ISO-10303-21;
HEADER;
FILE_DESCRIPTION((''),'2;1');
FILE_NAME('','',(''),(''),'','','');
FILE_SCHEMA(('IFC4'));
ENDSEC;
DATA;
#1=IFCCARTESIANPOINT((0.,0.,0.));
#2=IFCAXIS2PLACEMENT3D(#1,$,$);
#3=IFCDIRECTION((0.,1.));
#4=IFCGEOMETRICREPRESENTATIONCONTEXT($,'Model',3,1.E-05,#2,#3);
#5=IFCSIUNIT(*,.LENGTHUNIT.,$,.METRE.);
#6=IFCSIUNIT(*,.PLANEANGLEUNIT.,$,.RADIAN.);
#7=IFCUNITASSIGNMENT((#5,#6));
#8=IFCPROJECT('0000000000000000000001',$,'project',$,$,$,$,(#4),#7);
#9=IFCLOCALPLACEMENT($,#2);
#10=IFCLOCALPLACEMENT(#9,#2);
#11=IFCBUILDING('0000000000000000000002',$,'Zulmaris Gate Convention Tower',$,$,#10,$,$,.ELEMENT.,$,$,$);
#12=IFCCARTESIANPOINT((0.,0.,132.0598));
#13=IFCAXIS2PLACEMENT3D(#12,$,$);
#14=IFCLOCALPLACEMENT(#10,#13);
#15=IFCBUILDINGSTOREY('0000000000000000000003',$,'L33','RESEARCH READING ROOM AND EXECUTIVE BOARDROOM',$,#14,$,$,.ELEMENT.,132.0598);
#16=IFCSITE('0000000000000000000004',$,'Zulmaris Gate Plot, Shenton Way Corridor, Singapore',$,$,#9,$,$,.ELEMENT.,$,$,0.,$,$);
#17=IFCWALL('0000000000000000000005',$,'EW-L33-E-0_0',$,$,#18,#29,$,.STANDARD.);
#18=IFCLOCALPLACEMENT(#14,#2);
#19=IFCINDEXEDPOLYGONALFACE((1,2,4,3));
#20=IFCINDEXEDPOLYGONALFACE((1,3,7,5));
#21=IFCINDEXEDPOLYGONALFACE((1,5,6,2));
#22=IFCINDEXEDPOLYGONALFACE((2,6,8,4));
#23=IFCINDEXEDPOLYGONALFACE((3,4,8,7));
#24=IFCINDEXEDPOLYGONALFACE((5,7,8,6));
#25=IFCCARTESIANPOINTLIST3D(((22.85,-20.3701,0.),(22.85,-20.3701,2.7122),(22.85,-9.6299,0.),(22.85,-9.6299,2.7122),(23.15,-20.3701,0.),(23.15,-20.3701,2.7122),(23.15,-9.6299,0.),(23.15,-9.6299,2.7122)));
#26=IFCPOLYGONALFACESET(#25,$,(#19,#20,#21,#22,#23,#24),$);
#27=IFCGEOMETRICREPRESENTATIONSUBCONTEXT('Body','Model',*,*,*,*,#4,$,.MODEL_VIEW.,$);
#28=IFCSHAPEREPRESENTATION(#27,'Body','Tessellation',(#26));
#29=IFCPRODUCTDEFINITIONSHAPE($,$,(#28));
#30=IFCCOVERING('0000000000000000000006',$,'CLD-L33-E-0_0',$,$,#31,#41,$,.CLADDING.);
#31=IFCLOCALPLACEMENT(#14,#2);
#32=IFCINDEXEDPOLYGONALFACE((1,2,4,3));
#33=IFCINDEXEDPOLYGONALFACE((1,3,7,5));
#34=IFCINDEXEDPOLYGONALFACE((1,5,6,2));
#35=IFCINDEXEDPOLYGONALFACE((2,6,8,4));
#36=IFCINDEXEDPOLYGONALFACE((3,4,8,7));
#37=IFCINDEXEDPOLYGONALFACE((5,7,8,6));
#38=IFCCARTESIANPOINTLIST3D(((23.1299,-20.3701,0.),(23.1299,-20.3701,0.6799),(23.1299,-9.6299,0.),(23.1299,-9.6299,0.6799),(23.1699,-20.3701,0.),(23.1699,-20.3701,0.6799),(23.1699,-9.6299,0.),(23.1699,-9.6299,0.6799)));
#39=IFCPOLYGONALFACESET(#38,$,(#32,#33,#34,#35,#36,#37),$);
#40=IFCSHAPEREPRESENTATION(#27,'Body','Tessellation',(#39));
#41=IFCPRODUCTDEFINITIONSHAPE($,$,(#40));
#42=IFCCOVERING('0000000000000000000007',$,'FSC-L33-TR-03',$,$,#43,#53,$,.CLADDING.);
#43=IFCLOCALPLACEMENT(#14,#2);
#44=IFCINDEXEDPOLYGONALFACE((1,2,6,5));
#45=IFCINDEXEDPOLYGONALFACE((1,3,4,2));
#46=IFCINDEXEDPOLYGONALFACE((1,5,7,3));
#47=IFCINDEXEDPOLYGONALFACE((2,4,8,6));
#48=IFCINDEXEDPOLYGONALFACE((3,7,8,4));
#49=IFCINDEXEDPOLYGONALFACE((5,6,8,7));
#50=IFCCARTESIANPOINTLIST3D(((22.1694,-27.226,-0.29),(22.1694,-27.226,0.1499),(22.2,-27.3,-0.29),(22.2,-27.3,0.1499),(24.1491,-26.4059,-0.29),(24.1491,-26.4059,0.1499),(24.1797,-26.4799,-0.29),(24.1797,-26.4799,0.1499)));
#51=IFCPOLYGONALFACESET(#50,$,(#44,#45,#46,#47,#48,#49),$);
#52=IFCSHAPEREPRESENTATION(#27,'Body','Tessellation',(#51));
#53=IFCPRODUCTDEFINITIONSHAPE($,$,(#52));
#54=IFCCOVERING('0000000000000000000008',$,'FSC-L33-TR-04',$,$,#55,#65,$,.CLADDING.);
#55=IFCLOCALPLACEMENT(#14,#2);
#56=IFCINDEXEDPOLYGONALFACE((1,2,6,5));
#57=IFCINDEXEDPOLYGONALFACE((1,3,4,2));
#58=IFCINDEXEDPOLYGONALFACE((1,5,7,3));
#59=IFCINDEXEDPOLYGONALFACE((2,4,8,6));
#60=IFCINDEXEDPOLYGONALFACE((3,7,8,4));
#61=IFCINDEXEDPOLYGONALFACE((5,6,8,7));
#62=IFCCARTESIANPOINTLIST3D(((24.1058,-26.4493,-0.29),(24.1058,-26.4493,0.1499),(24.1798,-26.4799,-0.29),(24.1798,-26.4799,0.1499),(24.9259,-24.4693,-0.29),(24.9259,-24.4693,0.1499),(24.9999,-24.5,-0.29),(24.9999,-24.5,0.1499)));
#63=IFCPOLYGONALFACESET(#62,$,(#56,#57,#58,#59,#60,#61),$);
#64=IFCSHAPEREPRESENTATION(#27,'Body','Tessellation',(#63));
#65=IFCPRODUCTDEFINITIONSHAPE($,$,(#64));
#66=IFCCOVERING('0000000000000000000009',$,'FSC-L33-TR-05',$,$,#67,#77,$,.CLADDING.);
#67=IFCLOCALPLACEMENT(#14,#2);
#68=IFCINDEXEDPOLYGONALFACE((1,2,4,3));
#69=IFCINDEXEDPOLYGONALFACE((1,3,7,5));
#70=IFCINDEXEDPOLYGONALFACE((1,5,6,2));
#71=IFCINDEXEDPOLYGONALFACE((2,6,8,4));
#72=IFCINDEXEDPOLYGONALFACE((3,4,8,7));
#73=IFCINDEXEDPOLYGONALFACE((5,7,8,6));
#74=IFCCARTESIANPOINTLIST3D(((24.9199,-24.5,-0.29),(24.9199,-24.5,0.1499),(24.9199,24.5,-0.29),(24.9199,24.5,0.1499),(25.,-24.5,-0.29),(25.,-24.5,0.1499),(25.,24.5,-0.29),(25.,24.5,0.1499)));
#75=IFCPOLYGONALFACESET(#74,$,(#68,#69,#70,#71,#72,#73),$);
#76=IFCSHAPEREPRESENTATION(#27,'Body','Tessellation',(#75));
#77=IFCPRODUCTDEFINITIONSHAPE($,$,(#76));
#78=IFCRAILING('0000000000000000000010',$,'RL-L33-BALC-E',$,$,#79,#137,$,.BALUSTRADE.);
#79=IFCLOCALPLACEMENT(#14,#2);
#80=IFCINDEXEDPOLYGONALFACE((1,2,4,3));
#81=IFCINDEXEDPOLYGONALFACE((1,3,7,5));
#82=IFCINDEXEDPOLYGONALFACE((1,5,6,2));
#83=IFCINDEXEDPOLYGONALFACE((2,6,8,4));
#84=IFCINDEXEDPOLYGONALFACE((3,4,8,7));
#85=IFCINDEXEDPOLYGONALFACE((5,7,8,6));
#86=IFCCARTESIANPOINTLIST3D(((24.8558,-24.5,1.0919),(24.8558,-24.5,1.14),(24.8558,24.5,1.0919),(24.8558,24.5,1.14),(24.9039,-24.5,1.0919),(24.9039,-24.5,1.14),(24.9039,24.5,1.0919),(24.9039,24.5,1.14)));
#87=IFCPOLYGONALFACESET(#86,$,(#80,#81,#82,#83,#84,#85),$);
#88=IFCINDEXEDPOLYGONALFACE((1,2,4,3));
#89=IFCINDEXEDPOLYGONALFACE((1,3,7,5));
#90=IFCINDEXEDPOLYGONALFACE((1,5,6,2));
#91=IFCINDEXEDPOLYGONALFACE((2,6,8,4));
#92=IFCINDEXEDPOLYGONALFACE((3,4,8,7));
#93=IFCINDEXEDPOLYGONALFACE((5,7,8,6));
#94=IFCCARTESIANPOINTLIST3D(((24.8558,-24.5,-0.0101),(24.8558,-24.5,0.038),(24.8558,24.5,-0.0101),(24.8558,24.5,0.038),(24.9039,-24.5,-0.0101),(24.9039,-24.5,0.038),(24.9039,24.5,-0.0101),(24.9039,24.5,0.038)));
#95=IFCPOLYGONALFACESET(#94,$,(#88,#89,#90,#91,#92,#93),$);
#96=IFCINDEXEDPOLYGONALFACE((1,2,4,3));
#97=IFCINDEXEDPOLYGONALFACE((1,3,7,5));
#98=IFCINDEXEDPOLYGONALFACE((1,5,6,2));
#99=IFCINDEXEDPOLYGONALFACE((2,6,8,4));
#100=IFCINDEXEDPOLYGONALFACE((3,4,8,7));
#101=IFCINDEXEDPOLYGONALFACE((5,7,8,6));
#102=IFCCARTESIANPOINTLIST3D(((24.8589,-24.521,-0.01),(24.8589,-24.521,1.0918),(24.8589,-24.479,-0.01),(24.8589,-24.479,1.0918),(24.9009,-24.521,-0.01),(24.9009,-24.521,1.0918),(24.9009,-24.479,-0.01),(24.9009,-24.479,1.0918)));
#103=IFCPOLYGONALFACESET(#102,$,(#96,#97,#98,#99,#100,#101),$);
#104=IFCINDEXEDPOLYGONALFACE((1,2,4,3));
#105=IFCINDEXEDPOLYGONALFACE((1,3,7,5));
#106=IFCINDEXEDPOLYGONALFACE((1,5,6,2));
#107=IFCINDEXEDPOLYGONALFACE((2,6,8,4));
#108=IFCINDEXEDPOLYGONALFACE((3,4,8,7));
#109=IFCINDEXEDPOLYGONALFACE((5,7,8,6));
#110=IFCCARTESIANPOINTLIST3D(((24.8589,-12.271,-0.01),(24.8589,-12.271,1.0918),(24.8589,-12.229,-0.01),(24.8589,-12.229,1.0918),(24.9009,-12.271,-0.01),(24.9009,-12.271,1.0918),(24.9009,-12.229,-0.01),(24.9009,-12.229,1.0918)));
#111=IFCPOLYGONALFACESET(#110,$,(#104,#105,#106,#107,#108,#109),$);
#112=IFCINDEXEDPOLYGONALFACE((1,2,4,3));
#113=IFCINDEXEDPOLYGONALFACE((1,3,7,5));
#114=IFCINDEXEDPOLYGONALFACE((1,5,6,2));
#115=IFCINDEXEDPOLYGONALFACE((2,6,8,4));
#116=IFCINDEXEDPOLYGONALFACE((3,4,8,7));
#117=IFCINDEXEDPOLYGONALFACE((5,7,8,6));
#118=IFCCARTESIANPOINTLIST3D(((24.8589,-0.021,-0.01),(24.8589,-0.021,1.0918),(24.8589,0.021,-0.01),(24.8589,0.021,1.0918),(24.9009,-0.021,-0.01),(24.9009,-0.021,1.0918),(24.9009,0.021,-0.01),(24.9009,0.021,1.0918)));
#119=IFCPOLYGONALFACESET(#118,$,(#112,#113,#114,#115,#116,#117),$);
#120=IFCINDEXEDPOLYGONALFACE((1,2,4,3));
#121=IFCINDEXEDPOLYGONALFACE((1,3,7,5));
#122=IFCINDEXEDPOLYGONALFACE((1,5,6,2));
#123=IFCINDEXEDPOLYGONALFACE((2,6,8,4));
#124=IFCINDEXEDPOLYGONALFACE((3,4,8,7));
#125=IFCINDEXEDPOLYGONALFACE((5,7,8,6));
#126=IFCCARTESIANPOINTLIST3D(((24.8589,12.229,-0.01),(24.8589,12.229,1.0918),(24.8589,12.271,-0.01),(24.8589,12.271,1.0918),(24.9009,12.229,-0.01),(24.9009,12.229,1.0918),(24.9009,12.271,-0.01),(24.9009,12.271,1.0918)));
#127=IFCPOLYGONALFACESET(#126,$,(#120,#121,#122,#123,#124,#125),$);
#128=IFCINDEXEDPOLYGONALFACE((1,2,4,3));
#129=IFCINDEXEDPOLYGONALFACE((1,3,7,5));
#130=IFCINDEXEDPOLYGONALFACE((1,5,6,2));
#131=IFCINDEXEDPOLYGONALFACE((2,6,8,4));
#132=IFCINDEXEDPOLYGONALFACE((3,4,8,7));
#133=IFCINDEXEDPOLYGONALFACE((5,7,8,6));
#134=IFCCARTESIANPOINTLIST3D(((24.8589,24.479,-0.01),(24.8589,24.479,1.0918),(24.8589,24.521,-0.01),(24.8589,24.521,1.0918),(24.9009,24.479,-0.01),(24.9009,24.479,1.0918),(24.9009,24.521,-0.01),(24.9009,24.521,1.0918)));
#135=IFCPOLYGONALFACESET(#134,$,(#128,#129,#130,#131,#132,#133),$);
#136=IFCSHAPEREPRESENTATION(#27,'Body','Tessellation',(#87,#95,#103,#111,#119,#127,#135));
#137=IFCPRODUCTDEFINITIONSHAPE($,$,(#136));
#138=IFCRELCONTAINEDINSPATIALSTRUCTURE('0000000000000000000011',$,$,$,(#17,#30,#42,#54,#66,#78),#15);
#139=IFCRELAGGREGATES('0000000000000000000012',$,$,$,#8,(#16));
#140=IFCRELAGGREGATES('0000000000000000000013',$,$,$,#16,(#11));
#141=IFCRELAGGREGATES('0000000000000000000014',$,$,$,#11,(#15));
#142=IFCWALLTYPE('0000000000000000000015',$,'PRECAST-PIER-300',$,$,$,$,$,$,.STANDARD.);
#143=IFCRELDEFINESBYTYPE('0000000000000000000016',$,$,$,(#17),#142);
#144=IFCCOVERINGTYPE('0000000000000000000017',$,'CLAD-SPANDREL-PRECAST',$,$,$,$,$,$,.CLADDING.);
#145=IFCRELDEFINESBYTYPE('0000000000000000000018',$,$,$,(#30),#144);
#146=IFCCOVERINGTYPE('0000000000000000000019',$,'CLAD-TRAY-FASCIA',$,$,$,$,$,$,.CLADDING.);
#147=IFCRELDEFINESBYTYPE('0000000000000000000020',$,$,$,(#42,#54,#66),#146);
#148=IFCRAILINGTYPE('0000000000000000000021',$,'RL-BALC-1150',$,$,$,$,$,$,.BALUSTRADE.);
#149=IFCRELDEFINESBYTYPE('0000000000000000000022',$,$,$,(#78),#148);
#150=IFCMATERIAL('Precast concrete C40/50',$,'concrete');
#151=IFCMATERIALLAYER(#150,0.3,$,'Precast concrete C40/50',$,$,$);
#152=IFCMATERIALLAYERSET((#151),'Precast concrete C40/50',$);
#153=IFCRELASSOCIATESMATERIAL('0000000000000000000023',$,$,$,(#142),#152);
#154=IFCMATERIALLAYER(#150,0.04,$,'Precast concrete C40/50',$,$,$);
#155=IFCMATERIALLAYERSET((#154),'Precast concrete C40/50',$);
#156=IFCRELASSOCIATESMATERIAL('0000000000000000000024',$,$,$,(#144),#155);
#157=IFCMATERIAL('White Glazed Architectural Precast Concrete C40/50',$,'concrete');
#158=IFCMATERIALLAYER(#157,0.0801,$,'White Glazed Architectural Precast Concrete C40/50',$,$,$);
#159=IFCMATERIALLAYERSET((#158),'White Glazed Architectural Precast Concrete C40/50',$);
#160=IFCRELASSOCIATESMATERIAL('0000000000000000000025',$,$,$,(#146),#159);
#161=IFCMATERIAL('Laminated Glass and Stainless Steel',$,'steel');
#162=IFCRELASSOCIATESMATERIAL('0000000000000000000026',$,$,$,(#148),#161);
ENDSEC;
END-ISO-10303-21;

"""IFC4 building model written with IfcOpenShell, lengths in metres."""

from ifc_helpers import new_model, si_unit, direction, frame, frame_2d, origin, origin_2d, place, context, subcontext, project, spatial, rectangle, extrude, material, layer, layer_set, type_object, element, save


model = new_model("IFC4")

# Units and contexts
model_context = context("Model", 3, precision=1e-05, world=origin(), true_north=direction((0.0, 1.0)))
body_context = subcontext(model_context, "Body", "Model", "MODEL_VIEW")
ifc_project = project(units=[si_unit("LENGTHUNIT", "METRE"), si_unit("PLANEANGLEUNIT", "RADIAN")], contexts=[model_context])

# Site, building, storey
site_placement = place(None, origin())
site = spatial("IfcSite", under=ifc_project, at=site_placement, Name="Zulmaris Gate Plot, Shenton Way Corridor, Singapore", CompositionType="ELEMENT", RefElevation=0.0)
building_placement = place(site_placement, origin())
building = spatial("IfcBuilding", under=site, at=building_placement, Name="Zulmaris Gate Convention Tower", CompositionType="ELEMENT")
storey_placement = place(building_placement, frame((0.0, 0.0, 132.0598)))
storey = spatial("IfcBuildingStorey", under=building, at=storey_placement, Name="L33", Description="RESEARCH READING ROOM AND EXECUTIVE BOARDROOM", CompositionType="ELEMENT", Elevation=132.0598)

# Shared definitions
ifc_material_1 = material(Name="Precast concrete C40/50", Category="concrete")
ifc_layer_1 = layer(ifc_material_1, 0.3, Name="Precast concrete C40/50")
ifc_layer_set_1 = layer_set([ifc_layer_1], Name="Precast concrete C40/50")
wall_type_1 = type_object("IfcWallType", Name="PRECAST-PIER-300", PredefinedType="STANDARD", material=ifc_layer_set_1)

# Wall
wall_1_placement = place(storey_placement, frame((23.0, -20.3701, 0.0), z_axis=(0.0, 0.0, 1.0), x_axis=(0.0, 1.0, 0.0)))
element("IfcWall", 1, at=wall_1_placement, inside=storey, type_object=wall_type_1, Name="EW-L33-E-0_0", PredefinedType="STANDARD", context=body_context, shape_type="SweptSolid", body=[
    extrude(rectangle(XDim=10.7402, YDim=0.3, at=frame_2d((5.3701, 0.0))), origin(), (0.0, 0.0, 1.0), 2.7122),
])

# Coverings
ifc_layer_2 = layer(ifc_material_1, 0.04, Name="Precast concrete C40/50")
ifc_layer_set_2 = layer_set([ifc_layer_2], Name="Precast concrete C40/50")
covering_type_1 = type_object("IfcCoveringType", Name="CLAD-SPANDREL-PRECAST", PredefinedType="CLADDING", material=ifc_layer_set_2)
covering_1_placement = place(storey_placement, frame((23.1499, -20.3701, 0.0), z_axis=(0.0, 0.0, 1.0), x_axis=(0.0, 1.0, 0.0)))
element("IfcCovering", 2, at=covering_1_placement, inside=storey, type_object=covering_type_1, Name="CLD-L33-E-0_0", PredefinedType="CLADDING", context=body_context, shape_type="SweptSolid", body=[
    extrude(rectangle(XDim=10.7402, YDim=0.04, at=frame_2d((5.3701, 0.0))), origin(), (0.0, 0.0, 1.0), 0.6799),
])
ifc_material_2 = material(Name="White Glazed Architectural Precast Concrete C40/50", Category="concrete")
ifc_layer_3 = layer(ifc_material_2, 0.0801, Name="White Glazed Architectural Precast Concrete C40/50")
ifc_layer_set_3 = layer_set([ifc_layer_3], Name="White Glazed Architectural Precast Concrete C40/50")
covering_type_2 = type_object("IfcCoveringType", Name="CLAD-TRAY-FASCIA", PredefinedType="CLADDING", material=ifc_layer_set_3)
covering_2_placement = place(storey_placement, frame((22.1848, -27.2629, -0.29), z_axis=(0.0, 0.0, 1.0), x_axis=(0.923874, 0.382697, 0.0)))
element("IfcCovering", 3, at=covering_2_placement, inside=storey, type_object=covering_type_2, Name="FSC-L33-TR-03", PredefinedType="CLADDING", context=body_context, shape_type="SweptSolid", body=[
    extrude(rectangle(XDim=2.1428, YDim=0.0801, at=frame_2d((1.0713, 0.0))), origin(), (0.0, 0.0, 1.0), 0.4399),
])
covering_3_placement = place(storey_placement, frame((24.1428, -26.4646, -0.29), z_axis=(0.0, 0.0, 1.0), x_axis=(0.382657, 0.92389, 0.0)))
element("IfcCovering", 4, at=covering_3_placement, inside=storey, type_object=covering_type_2, Name="FSC-L33-TR-04", PredefinedType="CLADDING", context=body_context, shape_type="SweptSolid", body=[
    extrude(rectangle(XDim=2.1431, YDim=0.0801, at=frame_2d((1.0715, 0.0))), origin(), (0.0, 0.0, 1.0), 0.4399),
])
covering_4_placement = place(storey_placement, frame((24.96, -24.5, -0.29), z_axis=(0.0, 0.0, 1.0), x_axis=(0.0, 1.0, 0.0)))
element("IfcCovering", 5, at=covering_4_placement, inside=storey, type_object=covering_type_2, Name="FSC-L33-TR-05", PredefinedType="CLADDING", context=body_context, shape_type="SweptSolid", body=[
    extrude(rectangle(XDim=49.0, YDim=0.0801, at=frame_2d((24.5, 0.0))), origin(), (0.0, 0.0, 1.0), 0.4399),
])

# Railing
ifc_material_3 = material(Name="Laminated Glass and Stainless Steel", Category="steel")
railing_type = type_object("IfcRailingType", Name="RL-BALC-1150", PredefinedType="BALUSTRADE", material=ifc_material_3)
railing_placement = place(storey_placement, frame((24.8799, -24.5, -0.01)))
element("IfcRailing", 6, at=railing_placement, inside=storey, type_object=railing_type, Name="RL-L33-BALC-E", PredefinedType="BALUSTRADE", context=body_context, shape_type="SweptSolid", body=[
    extrude(rectangle(XDim=0.0481, YDim=0.0481, at=origin_2d()), frame((0.0, 0.0, 1.126), z_axis=(0.0, 1.0, 0.0), x_axis=(-1.0, 0.0, 0.0)), (0.0, 0.0, 1.0), 49.0),
    extrude(rectangle(XDim=0.0481, YDim=0.0481, at=origin_2d()), frame((0.0, 0.0, 0.0239), z_axis=(0.0, 1.0, 0.0), x_axis=(-1.0, 0.0, 0.0)), (0.0, 0.0, 1.0), 49.0),
    extrude(rectangle(XDim=0.042, YDim=0.042, at=origin_2d()), origin(), (0.0, 0.0, 1.0), 1.1018),
    extrude(rectangle(XDim=0.042, YDim=0.042, at=origin_2d()), frame((0.0, 12.25, 0.0)), (0.0, 0.0, 1.0), 1.1018),
    extrude(rectangle(XDim=0.042, YDim=0.042, at=origin_2d()), frame((0.0, 24.5, 0.0)), (0.0, 0.0, 1.0), 1.1018),
    extrude(rectangle(XDim=0.042, YDim=0.042, at=origin_2d()), frame((0.0, 36.75, 0.0)), (0.0, 0.0, 1.0), 1.1018),
    extrude(rectangle(XDim=0.042, YDim=0.042, at=origin_2d()), frame((0.0, 49.0, 0.0)), (0.0, 0.0, 1.0), 1.1018),
])

save(model, "model.ifc")
